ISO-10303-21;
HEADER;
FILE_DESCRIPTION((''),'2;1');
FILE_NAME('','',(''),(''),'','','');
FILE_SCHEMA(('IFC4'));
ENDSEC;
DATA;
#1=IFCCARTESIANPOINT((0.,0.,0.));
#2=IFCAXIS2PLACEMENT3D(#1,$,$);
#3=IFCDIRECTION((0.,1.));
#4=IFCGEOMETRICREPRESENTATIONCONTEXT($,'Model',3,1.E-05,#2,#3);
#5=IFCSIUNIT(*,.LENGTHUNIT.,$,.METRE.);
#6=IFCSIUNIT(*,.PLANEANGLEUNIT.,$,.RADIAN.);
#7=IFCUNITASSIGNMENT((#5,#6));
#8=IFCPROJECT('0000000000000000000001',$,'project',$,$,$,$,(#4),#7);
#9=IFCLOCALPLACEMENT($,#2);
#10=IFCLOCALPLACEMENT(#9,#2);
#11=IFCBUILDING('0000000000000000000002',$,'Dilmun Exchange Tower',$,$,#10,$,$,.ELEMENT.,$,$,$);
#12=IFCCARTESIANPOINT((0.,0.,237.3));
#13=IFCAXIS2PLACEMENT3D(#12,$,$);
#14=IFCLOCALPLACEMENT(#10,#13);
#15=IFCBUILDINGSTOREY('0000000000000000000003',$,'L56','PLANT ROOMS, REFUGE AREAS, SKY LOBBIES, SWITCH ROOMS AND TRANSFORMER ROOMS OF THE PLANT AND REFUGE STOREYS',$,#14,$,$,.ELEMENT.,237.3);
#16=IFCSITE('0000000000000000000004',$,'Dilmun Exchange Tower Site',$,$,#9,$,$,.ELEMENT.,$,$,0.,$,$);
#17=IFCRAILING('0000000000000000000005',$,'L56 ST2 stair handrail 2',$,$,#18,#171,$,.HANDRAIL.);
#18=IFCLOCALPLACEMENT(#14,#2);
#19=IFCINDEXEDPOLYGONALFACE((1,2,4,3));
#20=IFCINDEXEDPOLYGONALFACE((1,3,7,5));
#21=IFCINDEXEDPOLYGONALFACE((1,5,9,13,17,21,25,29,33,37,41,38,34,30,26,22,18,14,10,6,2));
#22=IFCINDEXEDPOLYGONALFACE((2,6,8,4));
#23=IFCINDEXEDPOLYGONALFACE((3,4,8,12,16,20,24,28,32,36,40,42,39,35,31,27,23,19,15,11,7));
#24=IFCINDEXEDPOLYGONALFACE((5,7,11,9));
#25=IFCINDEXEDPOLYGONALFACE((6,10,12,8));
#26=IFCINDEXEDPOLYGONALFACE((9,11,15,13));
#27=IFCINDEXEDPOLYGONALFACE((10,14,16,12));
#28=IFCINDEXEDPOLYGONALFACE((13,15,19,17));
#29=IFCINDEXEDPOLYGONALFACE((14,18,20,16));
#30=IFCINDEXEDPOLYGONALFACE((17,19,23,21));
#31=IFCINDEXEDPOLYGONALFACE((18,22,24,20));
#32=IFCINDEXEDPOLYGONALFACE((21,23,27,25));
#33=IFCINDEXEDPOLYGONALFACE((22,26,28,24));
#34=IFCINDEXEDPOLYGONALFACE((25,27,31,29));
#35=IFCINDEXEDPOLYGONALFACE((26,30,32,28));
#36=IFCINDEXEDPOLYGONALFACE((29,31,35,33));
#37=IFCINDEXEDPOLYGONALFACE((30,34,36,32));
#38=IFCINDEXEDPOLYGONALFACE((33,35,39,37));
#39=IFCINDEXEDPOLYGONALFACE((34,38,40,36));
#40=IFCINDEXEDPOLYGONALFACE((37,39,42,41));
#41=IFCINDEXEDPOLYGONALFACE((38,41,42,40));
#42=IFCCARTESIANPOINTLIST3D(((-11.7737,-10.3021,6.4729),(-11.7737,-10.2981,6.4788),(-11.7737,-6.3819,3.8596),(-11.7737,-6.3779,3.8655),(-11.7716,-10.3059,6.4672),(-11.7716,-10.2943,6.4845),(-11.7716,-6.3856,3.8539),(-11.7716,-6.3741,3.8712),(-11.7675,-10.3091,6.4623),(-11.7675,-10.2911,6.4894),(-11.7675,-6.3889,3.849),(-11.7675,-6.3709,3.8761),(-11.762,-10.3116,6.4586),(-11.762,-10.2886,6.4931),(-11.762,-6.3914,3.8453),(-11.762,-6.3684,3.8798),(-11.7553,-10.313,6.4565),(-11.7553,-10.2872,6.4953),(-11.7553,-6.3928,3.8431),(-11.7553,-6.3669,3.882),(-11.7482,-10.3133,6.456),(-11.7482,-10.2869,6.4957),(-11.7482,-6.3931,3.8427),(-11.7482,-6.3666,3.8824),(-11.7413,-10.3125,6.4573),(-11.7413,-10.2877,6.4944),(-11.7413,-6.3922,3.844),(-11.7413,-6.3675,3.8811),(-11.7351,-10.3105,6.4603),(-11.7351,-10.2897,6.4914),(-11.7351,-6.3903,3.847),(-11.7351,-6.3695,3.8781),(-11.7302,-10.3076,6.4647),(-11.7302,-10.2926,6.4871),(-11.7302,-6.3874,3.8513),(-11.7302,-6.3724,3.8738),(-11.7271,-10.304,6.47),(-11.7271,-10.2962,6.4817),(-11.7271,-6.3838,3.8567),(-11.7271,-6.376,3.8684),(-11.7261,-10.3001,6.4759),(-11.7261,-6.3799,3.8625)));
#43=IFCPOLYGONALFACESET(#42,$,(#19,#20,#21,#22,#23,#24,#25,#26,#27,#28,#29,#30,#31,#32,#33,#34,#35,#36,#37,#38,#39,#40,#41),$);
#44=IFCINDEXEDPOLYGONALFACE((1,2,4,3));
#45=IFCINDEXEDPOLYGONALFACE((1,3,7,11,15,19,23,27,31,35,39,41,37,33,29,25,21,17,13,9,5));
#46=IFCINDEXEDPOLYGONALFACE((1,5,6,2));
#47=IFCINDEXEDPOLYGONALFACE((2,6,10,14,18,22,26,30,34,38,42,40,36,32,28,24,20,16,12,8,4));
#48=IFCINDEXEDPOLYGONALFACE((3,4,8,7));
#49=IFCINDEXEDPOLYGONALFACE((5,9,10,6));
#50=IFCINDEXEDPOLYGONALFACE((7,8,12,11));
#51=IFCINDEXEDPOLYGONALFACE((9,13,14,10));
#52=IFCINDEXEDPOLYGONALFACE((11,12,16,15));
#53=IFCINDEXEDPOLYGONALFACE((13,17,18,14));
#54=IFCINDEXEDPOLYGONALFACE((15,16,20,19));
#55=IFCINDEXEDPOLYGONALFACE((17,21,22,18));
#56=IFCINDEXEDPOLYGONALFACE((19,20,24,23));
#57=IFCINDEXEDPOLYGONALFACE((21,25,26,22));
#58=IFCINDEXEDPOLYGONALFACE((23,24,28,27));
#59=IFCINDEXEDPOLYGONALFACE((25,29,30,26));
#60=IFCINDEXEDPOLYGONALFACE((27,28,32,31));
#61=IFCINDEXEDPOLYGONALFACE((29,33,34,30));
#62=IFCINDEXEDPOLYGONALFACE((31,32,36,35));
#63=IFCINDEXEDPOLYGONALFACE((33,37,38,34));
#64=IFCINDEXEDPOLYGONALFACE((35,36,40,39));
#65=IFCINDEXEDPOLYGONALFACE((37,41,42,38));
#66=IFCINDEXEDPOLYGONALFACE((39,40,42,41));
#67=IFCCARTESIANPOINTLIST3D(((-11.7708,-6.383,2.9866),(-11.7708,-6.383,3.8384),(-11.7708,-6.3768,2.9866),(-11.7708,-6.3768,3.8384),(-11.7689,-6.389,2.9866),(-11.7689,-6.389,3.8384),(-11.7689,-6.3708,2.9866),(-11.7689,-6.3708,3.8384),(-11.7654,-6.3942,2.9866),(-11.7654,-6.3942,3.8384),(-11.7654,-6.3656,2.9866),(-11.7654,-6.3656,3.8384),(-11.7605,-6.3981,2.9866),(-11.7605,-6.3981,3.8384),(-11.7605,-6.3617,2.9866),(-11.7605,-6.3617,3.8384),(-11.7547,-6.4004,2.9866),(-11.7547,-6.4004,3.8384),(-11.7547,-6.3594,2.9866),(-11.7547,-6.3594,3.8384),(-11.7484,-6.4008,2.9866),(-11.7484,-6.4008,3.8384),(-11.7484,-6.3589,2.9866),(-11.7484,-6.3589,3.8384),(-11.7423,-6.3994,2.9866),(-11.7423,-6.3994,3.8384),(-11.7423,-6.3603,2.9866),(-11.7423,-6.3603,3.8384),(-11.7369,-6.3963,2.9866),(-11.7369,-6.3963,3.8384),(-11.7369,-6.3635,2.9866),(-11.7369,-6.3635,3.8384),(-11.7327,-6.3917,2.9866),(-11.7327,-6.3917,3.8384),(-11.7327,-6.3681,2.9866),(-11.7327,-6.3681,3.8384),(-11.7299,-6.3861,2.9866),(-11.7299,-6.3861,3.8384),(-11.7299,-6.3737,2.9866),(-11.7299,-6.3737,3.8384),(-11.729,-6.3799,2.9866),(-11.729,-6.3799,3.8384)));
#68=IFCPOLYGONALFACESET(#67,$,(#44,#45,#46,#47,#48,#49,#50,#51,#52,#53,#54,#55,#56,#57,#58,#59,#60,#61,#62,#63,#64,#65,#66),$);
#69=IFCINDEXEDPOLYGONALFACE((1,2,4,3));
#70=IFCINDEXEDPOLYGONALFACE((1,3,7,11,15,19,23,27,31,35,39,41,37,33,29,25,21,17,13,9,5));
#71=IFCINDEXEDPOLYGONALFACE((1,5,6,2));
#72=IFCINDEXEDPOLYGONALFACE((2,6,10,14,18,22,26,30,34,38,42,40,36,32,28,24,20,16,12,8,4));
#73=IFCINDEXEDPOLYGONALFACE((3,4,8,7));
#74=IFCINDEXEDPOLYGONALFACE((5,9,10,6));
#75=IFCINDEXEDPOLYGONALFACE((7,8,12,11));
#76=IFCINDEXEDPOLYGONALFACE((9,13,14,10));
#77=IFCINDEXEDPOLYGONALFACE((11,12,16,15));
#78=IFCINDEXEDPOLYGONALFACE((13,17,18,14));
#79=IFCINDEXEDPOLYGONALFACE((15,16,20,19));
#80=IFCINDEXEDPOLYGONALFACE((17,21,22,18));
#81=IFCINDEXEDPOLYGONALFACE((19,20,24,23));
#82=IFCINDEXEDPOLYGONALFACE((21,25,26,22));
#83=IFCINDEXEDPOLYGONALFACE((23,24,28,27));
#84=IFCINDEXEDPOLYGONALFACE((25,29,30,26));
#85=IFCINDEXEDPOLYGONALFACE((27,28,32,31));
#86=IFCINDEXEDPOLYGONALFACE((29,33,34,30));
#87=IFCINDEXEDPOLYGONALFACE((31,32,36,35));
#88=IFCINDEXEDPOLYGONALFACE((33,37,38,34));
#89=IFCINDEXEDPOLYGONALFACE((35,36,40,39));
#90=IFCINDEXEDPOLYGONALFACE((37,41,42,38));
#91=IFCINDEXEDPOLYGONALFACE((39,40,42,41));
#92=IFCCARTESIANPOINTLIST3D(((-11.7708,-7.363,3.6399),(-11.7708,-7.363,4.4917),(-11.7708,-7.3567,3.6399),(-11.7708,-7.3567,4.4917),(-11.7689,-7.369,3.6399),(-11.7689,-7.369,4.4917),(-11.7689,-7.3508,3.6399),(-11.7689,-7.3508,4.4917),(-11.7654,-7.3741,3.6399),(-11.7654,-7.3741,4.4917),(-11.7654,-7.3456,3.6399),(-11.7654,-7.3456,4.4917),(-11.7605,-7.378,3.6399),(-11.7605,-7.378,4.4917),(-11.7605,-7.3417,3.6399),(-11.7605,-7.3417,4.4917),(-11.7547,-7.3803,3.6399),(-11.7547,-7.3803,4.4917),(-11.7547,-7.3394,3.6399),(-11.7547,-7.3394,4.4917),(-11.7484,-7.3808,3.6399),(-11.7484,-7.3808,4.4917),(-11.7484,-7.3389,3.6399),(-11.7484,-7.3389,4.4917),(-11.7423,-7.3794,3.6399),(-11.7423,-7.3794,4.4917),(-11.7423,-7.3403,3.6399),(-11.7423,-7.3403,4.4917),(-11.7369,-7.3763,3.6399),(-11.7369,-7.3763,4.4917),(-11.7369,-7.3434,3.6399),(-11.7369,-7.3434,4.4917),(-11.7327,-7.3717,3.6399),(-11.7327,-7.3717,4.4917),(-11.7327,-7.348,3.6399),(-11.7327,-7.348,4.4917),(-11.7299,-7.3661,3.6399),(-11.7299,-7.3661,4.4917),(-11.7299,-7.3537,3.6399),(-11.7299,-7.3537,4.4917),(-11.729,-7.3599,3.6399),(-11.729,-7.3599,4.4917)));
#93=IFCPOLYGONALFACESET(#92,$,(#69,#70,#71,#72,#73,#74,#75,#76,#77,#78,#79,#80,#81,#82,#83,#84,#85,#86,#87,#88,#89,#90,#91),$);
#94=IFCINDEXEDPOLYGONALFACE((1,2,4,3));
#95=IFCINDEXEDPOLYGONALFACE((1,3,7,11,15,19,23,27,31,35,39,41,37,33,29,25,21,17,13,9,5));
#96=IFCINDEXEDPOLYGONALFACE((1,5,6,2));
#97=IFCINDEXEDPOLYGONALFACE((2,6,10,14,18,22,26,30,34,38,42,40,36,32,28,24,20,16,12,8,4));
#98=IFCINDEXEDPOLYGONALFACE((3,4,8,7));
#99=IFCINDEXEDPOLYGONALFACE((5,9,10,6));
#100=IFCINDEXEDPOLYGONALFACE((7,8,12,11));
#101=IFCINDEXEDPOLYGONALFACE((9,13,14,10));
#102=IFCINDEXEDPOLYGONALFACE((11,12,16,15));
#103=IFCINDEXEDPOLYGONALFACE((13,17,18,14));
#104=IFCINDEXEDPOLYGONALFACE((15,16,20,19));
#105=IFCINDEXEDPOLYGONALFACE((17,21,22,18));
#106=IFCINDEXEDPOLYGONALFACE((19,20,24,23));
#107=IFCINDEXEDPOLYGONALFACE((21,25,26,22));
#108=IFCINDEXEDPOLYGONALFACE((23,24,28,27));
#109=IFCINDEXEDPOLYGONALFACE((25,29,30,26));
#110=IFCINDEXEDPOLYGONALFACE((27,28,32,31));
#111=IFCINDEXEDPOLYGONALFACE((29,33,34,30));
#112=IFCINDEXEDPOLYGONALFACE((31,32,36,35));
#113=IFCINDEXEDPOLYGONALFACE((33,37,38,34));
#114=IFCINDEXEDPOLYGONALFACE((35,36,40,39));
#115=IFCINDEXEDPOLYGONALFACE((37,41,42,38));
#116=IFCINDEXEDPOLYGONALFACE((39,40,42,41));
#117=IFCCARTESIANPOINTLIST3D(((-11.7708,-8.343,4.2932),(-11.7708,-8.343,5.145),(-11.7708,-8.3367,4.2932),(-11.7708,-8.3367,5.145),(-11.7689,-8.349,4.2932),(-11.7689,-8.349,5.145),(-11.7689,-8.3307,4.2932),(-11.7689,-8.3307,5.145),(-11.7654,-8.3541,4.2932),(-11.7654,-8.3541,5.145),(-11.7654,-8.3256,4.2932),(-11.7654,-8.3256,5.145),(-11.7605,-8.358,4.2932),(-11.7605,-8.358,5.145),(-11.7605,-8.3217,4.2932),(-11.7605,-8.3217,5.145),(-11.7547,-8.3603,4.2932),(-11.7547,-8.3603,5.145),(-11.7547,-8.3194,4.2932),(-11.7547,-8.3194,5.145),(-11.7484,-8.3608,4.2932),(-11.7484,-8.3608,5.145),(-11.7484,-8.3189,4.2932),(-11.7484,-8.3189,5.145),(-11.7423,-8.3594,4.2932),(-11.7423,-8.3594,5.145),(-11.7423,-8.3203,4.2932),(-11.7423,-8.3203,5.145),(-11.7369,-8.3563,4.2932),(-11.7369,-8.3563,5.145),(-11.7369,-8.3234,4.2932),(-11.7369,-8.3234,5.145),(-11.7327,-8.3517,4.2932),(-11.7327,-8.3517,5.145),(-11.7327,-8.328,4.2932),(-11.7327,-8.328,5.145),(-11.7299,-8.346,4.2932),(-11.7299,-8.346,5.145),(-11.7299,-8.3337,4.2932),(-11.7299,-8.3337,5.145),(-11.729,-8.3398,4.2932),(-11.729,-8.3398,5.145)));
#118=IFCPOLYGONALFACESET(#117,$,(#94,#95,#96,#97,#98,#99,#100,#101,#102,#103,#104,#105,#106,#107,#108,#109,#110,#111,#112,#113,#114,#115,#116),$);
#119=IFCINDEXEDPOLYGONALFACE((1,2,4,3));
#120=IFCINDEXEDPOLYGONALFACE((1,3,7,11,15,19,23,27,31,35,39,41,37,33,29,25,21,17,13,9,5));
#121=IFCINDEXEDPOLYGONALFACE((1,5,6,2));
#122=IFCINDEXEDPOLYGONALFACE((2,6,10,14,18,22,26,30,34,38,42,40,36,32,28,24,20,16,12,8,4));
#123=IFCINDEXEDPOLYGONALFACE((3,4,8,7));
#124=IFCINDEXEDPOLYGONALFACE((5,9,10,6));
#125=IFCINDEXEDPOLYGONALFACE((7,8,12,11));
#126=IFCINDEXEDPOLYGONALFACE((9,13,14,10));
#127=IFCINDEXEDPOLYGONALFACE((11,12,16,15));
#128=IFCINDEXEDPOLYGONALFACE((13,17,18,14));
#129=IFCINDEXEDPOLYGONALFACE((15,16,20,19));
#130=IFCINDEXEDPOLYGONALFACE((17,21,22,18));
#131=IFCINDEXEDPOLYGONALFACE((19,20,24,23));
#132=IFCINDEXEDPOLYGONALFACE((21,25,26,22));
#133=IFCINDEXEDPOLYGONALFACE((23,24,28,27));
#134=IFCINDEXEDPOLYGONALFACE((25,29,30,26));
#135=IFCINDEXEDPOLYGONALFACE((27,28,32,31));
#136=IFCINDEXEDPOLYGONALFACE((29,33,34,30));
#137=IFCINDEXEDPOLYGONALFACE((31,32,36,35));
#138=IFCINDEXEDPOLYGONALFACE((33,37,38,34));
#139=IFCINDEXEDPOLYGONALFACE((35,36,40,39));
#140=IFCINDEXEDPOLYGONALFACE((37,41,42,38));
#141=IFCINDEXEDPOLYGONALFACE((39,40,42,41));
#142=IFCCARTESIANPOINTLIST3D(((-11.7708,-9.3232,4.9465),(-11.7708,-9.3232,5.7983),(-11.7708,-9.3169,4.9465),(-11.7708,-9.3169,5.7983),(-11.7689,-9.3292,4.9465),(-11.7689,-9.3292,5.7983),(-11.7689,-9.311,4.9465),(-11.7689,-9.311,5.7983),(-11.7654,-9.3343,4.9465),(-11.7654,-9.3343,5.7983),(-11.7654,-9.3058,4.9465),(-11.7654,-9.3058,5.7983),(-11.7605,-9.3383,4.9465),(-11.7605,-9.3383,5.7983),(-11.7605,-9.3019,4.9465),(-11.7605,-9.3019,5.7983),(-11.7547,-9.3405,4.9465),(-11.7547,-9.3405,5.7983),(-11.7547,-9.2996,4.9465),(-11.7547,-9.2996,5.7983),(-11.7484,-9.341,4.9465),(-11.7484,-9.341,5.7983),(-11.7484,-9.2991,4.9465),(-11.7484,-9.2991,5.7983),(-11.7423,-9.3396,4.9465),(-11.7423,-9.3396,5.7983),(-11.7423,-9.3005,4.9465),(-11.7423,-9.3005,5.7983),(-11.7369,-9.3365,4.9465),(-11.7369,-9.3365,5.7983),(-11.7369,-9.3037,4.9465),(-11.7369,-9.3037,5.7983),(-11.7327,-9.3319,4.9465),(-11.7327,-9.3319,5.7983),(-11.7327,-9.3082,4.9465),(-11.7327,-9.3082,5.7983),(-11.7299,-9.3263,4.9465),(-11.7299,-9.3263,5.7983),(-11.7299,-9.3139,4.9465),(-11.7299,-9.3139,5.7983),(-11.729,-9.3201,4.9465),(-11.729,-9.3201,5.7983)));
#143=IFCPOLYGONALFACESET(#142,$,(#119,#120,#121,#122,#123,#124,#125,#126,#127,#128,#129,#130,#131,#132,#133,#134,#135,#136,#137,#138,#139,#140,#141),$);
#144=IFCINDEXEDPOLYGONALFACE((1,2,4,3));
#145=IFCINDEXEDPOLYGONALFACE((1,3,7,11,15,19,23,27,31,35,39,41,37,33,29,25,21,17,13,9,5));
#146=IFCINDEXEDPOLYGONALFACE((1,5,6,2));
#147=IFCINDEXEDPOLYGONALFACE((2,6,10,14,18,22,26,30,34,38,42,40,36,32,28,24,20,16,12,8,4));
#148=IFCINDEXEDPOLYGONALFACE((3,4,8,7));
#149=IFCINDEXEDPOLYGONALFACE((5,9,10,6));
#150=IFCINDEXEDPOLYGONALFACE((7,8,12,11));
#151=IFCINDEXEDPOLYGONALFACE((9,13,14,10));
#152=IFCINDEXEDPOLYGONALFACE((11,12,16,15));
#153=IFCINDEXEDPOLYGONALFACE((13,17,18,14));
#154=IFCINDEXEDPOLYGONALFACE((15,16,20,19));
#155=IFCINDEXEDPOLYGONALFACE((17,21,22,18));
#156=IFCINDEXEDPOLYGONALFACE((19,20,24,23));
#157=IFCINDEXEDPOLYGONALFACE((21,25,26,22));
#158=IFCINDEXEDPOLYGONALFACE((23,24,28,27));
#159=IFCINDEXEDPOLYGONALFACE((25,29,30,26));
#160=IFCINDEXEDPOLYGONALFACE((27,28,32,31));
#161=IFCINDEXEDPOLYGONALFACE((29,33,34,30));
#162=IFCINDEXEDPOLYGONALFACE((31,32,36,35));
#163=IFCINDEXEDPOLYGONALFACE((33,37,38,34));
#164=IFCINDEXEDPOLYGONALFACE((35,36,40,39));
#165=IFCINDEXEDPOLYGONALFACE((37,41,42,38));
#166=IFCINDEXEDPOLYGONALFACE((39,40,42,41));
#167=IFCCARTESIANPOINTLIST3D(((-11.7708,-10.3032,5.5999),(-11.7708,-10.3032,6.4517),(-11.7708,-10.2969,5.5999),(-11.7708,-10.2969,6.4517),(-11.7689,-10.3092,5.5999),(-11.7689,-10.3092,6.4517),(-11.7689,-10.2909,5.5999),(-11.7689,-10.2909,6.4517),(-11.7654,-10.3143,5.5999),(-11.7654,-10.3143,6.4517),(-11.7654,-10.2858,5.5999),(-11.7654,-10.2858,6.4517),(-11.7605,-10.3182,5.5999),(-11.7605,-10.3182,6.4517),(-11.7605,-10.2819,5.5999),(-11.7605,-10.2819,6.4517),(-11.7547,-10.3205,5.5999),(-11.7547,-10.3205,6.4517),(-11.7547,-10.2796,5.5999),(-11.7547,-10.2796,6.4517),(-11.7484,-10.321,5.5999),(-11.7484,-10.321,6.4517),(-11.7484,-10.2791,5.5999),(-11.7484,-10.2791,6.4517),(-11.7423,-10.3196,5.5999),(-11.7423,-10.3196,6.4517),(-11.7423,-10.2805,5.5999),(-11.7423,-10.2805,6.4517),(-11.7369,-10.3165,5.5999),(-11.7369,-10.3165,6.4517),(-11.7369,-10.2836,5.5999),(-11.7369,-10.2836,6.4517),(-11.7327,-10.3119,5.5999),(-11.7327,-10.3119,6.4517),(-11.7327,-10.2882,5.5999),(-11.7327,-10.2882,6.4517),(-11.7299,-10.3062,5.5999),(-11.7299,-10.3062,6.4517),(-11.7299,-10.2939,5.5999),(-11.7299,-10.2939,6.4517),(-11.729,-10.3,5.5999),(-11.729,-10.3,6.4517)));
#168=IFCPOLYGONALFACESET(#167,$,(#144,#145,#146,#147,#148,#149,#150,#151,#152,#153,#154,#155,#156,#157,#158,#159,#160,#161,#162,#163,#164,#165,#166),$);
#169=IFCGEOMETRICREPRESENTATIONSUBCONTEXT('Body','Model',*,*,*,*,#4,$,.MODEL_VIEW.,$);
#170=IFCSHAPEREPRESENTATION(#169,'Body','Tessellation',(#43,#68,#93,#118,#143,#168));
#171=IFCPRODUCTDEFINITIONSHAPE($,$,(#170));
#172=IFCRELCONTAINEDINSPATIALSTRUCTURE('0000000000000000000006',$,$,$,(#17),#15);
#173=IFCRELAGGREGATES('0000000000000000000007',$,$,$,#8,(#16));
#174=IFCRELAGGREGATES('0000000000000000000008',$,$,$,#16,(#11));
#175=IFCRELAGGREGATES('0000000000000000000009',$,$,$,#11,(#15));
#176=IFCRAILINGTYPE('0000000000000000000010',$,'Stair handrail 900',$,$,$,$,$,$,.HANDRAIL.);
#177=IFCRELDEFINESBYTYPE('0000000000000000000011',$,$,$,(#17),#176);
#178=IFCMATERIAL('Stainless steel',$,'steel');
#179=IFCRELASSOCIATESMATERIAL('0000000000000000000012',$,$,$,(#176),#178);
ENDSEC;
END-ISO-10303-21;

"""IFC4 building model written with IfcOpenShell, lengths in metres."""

from ifc_helpers import new_model, si_unit, direction, frame, origin, origin_2d, place, context, subcontext, project, spatial, circle, extrude, material, type_object, element, save


model = new_model("IFC4")

# Units and contexts
model_context = context("Model", 3, precision=1e-05, world=origin(), true_north=direction((0.0, 1.0)))
body_context = subcontext(model_context, "Body", "Model", "MODEL_VIEW")
ifc_project = project(units=[si_unit("LENGTHUNIT", "METRE"), si_unit("PLANEANGLEUNIT", "RADIAN")], contexts=[model_context])

# Site, building, storey
site_placement = place(None, origin())
site = spatial("IfcSite", under=ifc_project, at=site_placement, Name="Dilmun Exchange Tower Site", CompositionType="ELEMENT", RefElevation=0.0)
building_placement = place(site_placement, origin())
building = spatial("IfcBuilding", under=site, at=building_placement, Name="Dilmun Exchange Tower", CompositionType="ELEMENT")
storey_placement = place(building_placement, frame((0.0, 0.0, 237.3)))
storey = spatial("IfcBuildingStorey", under=building, at=storey_placement, Name="L56", Description="PLANT ROOMS, REFUGE AREAS, SKY LOBBIES, SWITCH ROOMS AND TRANSFORMER ROOMS OF THE PLANT AND REFUGE STOREYS", CompositionType="ELEMENT", Elevation=237.3)

# Railing
ifc_material_1 = material(Name="Stainless steel", Category="steel")
railing_type = type_object("IfcRailingType", Name="Stair handrail 900", PredefinedType="HANDRAIL", material=ifc_material_1)
railing_placement = place(storey_placement, frame((-11.75, -6.3799, 2.9866)))
element("IfcRailing", 1, at=railing_placement, inside=storey, type_object=railing_type, Name="L56 ST2 stair handrail 2", PredefinedType="HANDRAIL", context=body_context, shape_type="SweptSolid", body=[
    extrude(circle(Radius=0.0239, at=origin_2d()), frame((0.0, 0.0, 0.876), z_axis=(0.0, -0.832066, 0.554676), x_axis=(1.0, 0.0, 0.0)), (0.0, 0.0, 1.0), 4.7114),
    extrude(circle(Radius=0.021, at=origin_2d()), origin(), (0.0, 0.0, 1.0), 0.8518),
    extrude(circle(Radius=0.021, at=origin_2d()), frame((0.0, -0.98, 0.6533)), (0.0, 0.0, 1.0), 0.8518),
    extrude(circle(Radius=0.021, at=origin_2d()), frame((0.0, -1.96, 1.3066)), (0.0, 0.0, 1.0), 0.8518),
    extrude(circle(Radius=0.021, at=origin_2d()), frame((0.0, -2.9402, 1.96)), (0.0, 0.0, 1.0), 0.8518),
    extrude(circle(Radius=0.021, at=origin_2d()), frame((0.0, -3.9202, 2.6133)), (0.0, 0.0, 1.0), 0.8518),
])

save(model, "model.ifc")
